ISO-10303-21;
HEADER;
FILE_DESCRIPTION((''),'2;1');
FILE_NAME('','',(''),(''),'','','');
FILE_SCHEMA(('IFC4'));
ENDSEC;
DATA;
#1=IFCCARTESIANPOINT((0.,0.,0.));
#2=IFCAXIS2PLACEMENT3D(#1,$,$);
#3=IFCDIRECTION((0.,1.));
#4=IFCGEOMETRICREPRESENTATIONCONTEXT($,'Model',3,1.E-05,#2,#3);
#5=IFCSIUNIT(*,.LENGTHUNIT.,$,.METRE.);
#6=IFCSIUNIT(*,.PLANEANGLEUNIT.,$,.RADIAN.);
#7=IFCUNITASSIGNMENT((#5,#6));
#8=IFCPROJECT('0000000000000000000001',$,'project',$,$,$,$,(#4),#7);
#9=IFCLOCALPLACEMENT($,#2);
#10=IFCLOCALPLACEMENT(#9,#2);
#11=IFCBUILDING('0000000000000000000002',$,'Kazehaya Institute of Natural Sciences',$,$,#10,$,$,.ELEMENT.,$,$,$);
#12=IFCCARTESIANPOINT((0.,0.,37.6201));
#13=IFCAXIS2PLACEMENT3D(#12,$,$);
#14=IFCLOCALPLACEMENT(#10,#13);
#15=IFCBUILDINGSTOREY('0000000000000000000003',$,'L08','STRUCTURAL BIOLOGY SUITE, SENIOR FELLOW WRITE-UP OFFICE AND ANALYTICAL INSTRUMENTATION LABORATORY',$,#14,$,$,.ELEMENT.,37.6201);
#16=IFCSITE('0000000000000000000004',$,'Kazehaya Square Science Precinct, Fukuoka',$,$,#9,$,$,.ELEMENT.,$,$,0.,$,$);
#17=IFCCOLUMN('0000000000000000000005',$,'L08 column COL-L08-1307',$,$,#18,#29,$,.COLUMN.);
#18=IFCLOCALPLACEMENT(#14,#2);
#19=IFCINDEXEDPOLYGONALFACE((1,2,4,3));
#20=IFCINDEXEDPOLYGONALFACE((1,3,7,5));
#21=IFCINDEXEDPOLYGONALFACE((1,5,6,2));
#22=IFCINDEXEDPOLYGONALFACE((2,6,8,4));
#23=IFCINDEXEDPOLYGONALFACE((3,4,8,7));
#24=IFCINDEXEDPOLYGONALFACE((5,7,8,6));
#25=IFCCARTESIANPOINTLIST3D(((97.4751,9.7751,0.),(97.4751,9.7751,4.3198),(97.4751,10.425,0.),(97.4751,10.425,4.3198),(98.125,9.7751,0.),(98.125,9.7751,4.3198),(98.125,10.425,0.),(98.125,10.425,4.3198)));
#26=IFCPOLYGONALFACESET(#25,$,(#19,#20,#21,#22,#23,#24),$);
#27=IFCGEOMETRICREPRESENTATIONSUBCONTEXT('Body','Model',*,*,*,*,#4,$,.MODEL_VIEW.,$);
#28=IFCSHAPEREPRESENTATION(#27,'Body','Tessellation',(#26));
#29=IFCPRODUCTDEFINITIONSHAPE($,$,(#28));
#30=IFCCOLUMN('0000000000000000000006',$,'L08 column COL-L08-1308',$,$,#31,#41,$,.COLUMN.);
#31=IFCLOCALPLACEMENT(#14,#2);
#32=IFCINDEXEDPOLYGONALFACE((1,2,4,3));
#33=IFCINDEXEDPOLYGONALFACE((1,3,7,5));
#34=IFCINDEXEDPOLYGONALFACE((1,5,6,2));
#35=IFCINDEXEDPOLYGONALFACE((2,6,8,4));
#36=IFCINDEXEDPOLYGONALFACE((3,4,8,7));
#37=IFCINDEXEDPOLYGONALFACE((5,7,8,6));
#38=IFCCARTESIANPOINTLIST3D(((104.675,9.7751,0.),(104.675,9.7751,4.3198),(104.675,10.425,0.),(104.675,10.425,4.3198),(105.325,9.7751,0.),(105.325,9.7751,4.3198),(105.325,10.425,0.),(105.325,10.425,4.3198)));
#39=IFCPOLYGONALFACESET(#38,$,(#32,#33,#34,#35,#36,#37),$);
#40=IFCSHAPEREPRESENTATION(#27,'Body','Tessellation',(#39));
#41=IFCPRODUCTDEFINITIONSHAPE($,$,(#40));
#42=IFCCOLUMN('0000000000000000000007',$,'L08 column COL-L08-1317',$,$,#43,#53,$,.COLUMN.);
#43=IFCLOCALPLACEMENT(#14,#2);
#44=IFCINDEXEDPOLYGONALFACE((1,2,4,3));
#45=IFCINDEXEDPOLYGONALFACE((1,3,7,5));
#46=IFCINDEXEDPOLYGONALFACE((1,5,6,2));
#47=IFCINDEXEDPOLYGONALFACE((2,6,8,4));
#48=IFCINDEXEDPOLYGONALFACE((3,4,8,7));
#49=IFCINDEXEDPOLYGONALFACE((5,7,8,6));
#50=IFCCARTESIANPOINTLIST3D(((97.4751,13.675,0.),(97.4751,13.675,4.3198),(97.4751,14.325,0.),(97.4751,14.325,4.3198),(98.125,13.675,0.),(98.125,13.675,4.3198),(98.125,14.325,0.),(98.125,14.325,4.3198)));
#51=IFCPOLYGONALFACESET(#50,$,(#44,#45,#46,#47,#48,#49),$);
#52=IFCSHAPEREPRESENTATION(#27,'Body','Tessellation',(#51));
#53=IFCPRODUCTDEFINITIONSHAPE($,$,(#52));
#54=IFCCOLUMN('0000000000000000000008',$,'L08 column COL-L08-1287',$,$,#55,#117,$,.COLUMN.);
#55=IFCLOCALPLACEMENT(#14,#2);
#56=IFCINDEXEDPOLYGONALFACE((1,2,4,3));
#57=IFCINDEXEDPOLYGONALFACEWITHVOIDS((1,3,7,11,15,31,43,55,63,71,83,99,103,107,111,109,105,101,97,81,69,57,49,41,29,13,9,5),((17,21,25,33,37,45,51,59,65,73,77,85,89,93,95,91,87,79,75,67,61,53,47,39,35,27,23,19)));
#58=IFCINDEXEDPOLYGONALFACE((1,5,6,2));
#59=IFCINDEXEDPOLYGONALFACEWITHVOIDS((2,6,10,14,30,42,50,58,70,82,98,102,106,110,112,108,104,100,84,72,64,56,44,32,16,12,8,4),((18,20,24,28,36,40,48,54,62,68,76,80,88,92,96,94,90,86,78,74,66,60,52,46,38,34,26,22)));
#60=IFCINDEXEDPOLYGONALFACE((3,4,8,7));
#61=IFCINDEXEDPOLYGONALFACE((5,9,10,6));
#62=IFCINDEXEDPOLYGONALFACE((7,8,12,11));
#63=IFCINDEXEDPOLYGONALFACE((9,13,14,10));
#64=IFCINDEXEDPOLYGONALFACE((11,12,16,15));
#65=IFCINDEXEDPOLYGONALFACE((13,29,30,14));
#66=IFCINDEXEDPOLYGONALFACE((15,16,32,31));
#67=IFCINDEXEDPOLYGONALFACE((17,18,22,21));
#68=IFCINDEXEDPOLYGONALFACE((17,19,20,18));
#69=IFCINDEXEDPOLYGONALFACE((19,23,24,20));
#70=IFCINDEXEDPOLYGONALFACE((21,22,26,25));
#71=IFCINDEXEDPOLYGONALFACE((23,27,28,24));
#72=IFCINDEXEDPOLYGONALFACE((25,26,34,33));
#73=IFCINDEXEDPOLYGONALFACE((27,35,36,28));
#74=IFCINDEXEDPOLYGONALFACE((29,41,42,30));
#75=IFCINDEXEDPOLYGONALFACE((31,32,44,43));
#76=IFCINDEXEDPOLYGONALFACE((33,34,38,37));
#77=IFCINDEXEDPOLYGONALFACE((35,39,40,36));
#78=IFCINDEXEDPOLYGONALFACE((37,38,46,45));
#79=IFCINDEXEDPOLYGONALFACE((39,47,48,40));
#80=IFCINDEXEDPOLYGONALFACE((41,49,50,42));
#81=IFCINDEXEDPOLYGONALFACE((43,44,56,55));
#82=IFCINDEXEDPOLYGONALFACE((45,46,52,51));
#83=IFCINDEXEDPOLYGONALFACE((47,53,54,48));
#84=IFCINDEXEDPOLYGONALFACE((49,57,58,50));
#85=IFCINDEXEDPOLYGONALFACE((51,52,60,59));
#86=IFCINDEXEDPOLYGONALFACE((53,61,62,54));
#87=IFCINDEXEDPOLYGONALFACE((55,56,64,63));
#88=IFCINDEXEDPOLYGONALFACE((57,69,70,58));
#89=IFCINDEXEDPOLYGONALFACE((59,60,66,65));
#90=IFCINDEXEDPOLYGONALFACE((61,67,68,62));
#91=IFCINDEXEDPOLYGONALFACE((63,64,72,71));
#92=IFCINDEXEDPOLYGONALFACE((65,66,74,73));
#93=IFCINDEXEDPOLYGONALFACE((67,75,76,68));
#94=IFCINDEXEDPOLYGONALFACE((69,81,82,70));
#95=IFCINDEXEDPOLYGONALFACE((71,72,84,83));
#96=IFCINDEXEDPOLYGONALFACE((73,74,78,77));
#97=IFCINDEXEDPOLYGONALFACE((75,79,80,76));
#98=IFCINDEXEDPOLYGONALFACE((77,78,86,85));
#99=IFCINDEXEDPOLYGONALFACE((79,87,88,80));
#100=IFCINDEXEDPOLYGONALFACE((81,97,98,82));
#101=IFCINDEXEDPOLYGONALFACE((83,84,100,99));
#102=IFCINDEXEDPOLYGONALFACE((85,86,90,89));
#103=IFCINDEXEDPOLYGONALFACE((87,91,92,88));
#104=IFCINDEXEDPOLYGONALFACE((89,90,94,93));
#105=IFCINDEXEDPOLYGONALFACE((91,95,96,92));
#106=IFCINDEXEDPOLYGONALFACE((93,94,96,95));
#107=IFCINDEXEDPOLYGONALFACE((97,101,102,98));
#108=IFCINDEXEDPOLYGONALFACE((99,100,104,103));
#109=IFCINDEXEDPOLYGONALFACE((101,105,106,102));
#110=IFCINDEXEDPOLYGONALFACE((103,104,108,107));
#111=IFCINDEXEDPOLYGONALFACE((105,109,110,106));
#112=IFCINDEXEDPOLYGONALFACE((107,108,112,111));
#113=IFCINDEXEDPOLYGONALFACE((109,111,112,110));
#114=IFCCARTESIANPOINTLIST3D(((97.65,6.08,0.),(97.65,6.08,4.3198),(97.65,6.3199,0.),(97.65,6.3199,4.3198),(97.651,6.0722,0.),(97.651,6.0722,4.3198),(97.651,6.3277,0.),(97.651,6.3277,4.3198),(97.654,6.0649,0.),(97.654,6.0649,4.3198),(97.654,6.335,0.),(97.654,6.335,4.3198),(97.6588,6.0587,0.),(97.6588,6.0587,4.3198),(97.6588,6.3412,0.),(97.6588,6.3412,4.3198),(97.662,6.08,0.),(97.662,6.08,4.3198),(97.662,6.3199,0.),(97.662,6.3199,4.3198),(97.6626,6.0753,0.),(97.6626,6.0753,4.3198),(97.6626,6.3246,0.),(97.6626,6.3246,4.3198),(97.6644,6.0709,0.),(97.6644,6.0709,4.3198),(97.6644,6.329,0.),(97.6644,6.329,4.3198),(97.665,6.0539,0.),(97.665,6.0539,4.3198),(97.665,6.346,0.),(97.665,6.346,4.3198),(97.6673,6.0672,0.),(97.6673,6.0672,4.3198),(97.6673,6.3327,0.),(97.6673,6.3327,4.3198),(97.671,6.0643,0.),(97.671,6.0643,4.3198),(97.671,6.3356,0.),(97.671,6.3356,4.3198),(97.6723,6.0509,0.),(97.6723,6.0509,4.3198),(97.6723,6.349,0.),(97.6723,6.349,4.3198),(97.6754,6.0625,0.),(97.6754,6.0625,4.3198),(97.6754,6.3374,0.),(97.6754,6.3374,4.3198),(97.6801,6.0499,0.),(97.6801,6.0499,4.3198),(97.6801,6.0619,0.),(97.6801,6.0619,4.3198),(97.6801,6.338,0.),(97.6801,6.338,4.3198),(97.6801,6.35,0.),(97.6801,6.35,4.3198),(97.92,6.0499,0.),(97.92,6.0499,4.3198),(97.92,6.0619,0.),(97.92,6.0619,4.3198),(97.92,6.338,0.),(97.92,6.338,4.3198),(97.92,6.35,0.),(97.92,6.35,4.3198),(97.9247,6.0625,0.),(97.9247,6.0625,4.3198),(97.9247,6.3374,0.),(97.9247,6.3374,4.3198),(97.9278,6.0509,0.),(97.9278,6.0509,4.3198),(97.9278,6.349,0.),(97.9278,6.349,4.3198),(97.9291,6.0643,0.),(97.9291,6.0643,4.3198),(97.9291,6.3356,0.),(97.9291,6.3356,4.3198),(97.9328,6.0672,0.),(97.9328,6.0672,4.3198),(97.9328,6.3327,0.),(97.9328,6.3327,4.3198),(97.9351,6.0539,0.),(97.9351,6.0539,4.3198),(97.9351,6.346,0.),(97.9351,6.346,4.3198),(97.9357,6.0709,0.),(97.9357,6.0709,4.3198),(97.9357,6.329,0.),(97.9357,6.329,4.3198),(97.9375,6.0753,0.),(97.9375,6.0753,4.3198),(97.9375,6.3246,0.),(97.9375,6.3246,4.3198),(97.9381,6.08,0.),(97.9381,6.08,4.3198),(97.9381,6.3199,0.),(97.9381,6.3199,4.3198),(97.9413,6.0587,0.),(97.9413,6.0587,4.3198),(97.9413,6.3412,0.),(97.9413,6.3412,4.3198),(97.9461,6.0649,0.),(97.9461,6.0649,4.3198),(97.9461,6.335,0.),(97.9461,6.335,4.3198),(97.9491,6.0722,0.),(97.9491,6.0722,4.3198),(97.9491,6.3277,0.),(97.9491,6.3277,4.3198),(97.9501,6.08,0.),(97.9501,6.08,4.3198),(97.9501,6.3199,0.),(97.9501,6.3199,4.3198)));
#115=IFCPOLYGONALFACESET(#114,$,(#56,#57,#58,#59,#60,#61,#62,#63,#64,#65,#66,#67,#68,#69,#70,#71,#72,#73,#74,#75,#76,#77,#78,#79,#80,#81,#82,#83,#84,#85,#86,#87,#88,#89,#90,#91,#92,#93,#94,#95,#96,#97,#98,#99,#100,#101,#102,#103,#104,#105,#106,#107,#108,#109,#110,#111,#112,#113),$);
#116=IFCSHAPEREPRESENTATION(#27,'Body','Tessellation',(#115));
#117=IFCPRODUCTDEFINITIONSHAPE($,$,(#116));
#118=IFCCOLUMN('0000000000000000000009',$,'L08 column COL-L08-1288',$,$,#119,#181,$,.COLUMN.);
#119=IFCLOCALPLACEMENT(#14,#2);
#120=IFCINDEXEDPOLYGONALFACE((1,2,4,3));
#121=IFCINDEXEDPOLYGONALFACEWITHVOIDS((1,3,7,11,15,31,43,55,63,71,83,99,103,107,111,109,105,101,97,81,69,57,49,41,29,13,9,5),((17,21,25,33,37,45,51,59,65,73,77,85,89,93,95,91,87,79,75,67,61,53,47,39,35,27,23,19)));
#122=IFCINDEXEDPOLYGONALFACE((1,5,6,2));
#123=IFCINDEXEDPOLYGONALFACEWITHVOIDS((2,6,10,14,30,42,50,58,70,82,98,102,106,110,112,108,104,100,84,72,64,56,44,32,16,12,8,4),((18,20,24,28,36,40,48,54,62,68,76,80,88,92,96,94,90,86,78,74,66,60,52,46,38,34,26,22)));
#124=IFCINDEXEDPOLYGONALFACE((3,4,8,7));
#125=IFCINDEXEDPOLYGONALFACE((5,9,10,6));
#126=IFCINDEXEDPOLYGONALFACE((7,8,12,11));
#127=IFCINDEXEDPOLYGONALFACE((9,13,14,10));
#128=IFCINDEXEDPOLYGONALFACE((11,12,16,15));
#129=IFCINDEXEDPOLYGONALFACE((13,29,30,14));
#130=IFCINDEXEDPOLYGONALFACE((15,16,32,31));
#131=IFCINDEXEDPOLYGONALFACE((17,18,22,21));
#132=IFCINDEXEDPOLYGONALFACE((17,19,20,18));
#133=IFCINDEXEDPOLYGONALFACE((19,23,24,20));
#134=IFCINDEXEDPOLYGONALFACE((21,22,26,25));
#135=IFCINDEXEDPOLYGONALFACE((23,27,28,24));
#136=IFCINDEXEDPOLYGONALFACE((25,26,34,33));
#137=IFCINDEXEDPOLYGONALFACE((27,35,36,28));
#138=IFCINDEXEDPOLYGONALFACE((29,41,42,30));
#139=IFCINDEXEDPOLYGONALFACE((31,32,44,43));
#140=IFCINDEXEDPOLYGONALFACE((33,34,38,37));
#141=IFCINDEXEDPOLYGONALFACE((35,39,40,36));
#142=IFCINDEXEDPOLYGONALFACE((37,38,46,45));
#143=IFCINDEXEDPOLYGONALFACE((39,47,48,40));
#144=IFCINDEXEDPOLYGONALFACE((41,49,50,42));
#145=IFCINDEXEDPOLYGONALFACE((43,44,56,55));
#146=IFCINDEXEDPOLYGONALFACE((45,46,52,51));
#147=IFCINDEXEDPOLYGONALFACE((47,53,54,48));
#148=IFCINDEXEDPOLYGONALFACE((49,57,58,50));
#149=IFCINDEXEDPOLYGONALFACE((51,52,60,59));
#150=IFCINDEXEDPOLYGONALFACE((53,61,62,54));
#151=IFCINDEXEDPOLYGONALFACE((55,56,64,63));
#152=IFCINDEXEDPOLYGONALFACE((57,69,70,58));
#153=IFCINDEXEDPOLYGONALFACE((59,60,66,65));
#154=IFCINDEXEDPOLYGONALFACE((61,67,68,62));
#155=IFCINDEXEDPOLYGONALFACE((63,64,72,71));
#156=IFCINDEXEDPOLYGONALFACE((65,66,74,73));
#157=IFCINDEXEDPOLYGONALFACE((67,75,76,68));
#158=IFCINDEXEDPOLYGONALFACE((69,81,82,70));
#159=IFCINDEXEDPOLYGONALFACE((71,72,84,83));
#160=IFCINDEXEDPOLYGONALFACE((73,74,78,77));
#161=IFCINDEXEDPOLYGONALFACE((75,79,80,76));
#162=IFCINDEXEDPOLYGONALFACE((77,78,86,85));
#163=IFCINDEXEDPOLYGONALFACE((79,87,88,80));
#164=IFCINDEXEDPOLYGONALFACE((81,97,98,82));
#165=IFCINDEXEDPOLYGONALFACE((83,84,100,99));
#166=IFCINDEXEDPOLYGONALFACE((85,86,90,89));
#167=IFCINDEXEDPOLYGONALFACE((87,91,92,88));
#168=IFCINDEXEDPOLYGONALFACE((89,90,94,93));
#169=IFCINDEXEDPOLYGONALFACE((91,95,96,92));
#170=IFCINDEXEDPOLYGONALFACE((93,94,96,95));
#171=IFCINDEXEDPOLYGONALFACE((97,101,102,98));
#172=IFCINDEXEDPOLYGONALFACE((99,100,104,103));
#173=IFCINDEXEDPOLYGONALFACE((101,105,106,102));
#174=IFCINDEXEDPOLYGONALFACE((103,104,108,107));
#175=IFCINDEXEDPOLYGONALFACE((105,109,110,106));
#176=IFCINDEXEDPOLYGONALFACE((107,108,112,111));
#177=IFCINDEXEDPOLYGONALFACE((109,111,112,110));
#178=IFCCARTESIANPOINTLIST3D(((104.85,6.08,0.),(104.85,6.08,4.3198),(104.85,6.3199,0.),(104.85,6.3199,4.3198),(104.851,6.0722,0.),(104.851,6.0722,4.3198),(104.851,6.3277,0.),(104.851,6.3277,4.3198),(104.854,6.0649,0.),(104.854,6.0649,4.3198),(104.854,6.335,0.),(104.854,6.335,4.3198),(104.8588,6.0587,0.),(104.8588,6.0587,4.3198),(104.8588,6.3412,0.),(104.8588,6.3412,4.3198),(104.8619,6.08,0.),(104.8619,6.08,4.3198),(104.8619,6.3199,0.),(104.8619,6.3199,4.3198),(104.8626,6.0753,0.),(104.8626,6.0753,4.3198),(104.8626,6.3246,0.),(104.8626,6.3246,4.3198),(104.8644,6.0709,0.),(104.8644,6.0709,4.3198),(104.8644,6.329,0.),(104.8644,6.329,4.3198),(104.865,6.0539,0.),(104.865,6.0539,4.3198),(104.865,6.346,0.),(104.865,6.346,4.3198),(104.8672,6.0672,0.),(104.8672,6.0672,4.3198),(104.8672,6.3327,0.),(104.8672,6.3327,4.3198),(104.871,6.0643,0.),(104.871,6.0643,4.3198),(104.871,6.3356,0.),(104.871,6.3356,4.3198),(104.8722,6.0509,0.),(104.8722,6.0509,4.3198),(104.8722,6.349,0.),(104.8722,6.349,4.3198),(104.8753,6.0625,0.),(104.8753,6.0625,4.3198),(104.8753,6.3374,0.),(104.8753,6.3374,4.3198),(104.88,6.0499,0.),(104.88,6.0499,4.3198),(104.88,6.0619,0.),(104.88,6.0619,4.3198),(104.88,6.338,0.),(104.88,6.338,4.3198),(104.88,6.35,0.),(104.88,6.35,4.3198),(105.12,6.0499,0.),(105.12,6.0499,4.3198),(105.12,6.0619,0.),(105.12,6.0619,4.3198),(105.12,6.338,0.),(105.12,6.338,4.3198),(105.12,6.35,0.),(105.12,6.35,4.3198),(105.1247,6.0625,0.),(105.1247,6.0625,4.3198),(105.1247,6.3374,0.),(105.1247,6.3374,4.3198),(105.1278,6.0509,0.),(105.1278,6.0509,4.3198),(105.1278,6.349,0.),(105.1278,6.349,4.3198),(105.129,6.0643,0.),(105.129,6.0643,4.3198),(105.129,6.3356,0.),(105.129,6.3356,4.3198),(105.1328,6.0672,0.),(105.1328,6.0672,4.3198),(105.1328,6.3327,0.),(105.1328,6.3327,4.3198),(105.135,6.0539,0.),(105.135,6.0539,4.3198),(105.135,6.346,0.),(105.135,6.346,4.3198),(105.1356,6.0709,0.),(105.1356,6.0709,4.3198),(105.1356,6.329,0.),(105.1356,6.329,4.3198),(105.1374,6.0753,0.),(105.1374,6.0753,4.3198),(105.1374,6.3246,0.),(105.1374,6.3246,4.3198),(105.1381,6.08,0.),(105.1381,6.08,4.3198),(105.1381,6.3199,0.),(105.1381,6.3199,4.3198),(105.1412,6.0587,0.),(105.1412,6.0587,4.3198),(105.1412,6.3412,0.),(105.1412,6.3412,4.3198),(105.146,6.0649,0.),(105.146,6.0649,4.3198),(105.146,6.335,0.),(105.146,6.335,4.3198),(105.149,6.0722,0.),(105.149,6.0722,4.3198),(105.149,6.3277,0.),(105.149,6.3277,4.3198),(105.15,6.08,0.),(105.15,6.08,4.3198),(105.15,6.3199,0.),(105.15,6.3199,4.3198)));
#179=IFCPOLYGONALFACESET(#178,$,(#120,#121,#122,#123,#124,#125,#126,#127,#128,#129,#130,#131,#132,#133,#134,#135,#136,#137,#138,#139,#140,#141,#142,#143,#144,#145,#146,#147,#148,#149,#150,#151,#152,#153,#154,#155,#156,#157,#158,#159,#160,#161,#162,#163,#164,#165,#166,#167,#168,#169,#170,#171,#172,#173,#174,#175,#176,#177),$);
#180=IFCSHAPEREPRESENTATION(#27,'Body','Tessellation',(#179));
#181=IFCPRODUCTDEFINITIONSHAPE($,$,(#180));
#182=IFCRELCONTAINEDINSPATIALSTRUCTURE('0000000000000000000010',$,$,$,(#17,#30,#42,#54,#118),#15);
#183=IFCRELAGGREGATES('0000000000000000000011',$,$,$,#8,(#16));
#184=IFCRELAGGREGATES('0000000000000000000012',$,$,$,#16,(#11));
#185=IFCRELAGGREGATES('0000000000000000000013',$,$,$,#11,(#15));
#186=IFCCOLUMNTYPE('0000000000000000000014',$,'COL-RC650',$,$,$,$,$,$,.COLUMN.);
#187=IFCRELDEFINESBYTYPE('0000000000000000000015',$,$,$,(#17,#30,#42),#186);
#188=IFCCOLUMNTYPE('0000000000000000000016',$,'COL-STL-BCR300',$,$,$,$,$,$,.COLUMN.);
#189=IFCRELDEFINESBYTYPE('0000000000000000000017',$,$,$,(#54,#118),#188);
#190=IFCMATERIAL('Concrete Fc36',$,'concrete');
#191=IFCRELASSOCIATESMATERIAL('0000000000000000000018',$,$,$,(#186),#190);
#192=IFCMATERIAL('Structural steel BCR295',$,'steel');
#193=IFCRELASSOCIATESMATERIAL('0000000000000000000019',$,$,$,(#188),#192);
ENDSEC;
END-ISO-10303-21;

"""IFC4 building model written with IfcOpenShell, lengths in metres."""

from ifc_helpers import new_model, si_unit, direction, frame, origin, origin_2d, place, context, subcontext, project, spatial, rectangle, hollow_rectangle, extrude, material, material_profile, profile_set, type_object, element, save


model = new_model("IFC4")

# Units and contexts
model_context = context("Model", 3, precision=1e-05, world=origin(), true_north=direction((0.0, 1.0)))
body_context = subcontext(model_context, "Body", "Model", "MODEL_VIEW")
ifc_project = project(units=[si_unit("LENGTHUNIT", "METRE"), si_unit("PLANEANGLEUNIT", "RADIAN")], contexts=[model_context])

# Site, building, storey
site_placement = place(None, origin())
site = spatial("IfcSite", under=ifc_project, at=site_placement, Name="Kazehaya Square Science Precinct, Fukuoka", CompositionType="ELEMENT", RefElevation=0.0)
building_placement = place(site_placement, origin())
building = spatial("IfcBuilding", under=site, at=building_placement, Name="Kazehaya Institute of Natural Sciences", CompositionType="ELEMENT")
storey_placement = place(building_placement, frame((0.0, 0.0, 37.6201)))
storey = spatial("IfcBuildingStorey", under=building, at=storey_placement, Name="L08", Description="STRUCTURAL BIOLOGY SUITE, SENIOR FELLOW WRITE-UP OFFICE AND ANALYTICAL INSTRUMENTATION LABORATORY", CompositionType="ELEMENT", Elevation=37.6201)

# Columns
ifc_material_1 = material(Name="Concrete Fc36", Category="concrete")
ifc_material_profile_1 = material_profile(ifc_material_1, rectangle(XDim=0.6499, YDim=0.6499, at=origin_2d()), Name="RC-650x650")
ifc_profile_set_1 = profile_set([ifc_material_profile_1], Name="Concrete Fc36")
column_type_1 = type_object("IfcColumnType", Name="COL-RC650", PredefinedType="COLUMN", material=ifc_profile_set_1)
for number, where, z_axis, x_axis, name in (
    (1, (97.8, 10.1001, 0.0), (0.0, 0.0, 1.0), (1.0, 0.0, 0.0), "L08 column COL-L08-1307"),
    (2, (105.0, 10.1001, 0.0), (0.0, 0.0, 1.0), (1.0, 0.0, 0.0), "L08 column COL-L08-1308"),
    (3, (97.8, 14.0, 0.0), (0.0, 0.0, 1.0), (1.0, 0.0, 0.0), "L08 column COL-L08-1317"),
):
    element("IfcColumn", number, at=place(storey_placement, frame(where, z_axis=z_axis, x_axis=x_axis)), inside=storey, type_object=column_type_1, Name=name, PredefinedType="COLUMN", context=body_context, shape_type="SweptSolid", body=[
        extrude(rectangle(XDim=0.6499, YDim=0.6499, at=origin_2d()), origin(), (0.0, 0.0, 1.0), 4.3198),
    ])
ifc_material_2 = material(Name="Structural steel BCR295", Category="steel")
ifc_material_profile_2 = material_profile(ifc_material_2, hollow_rectangle(XDim=0.3, YDim=0.3, WallThickness=0.012, InnerFilletRadius=0.0181, OuterFilletRadius=0.03, at=origin_2d()), Name="BCR-300x300x12")
ifc_profile_set_2 = profile_set([ifc_material_profile_2], Name="Structural steel BCR295")
column_type_2 = type_object("IfcColumnType", Name="COL-STL-BCR300", PredefinedType="COLUMN", material=ifc_profile_set_2)
for number, where, z_axis, x_axis, name in (
    (4, (97.8, 6.2, 0.0), (0.0, 0.0, 1.0), (1.0, 0.0, 0.0), "L08 column COL-L08-1287"),
    (5, (105.0, 6.2, 0.0), (0.0, 0.0, 1.0), (1.0, 0.0, 0.0), "L08 column COL-L08-1288"),
):
    element("IfcColumn", number, at=place(storey_placement, frame(where, z_axis=z_axis, x_axis=x_axis)), inside=storey, type_object=column_type_2, Name=name, PredefinedType="COLUMN", context=body_context, shape_type="SweptSolid", body=[
        extrude(hollow_rectangle(XDim=0.3, YDim=0.3, WallThickness=0.012, InnerFilletRadius=0.0181, OuterFilletRadius=0.03, at=origin_2d()), origin(), (0.0, 0.0, 1.0), 4.3198),
    ])

save(model, "model.ifc")
